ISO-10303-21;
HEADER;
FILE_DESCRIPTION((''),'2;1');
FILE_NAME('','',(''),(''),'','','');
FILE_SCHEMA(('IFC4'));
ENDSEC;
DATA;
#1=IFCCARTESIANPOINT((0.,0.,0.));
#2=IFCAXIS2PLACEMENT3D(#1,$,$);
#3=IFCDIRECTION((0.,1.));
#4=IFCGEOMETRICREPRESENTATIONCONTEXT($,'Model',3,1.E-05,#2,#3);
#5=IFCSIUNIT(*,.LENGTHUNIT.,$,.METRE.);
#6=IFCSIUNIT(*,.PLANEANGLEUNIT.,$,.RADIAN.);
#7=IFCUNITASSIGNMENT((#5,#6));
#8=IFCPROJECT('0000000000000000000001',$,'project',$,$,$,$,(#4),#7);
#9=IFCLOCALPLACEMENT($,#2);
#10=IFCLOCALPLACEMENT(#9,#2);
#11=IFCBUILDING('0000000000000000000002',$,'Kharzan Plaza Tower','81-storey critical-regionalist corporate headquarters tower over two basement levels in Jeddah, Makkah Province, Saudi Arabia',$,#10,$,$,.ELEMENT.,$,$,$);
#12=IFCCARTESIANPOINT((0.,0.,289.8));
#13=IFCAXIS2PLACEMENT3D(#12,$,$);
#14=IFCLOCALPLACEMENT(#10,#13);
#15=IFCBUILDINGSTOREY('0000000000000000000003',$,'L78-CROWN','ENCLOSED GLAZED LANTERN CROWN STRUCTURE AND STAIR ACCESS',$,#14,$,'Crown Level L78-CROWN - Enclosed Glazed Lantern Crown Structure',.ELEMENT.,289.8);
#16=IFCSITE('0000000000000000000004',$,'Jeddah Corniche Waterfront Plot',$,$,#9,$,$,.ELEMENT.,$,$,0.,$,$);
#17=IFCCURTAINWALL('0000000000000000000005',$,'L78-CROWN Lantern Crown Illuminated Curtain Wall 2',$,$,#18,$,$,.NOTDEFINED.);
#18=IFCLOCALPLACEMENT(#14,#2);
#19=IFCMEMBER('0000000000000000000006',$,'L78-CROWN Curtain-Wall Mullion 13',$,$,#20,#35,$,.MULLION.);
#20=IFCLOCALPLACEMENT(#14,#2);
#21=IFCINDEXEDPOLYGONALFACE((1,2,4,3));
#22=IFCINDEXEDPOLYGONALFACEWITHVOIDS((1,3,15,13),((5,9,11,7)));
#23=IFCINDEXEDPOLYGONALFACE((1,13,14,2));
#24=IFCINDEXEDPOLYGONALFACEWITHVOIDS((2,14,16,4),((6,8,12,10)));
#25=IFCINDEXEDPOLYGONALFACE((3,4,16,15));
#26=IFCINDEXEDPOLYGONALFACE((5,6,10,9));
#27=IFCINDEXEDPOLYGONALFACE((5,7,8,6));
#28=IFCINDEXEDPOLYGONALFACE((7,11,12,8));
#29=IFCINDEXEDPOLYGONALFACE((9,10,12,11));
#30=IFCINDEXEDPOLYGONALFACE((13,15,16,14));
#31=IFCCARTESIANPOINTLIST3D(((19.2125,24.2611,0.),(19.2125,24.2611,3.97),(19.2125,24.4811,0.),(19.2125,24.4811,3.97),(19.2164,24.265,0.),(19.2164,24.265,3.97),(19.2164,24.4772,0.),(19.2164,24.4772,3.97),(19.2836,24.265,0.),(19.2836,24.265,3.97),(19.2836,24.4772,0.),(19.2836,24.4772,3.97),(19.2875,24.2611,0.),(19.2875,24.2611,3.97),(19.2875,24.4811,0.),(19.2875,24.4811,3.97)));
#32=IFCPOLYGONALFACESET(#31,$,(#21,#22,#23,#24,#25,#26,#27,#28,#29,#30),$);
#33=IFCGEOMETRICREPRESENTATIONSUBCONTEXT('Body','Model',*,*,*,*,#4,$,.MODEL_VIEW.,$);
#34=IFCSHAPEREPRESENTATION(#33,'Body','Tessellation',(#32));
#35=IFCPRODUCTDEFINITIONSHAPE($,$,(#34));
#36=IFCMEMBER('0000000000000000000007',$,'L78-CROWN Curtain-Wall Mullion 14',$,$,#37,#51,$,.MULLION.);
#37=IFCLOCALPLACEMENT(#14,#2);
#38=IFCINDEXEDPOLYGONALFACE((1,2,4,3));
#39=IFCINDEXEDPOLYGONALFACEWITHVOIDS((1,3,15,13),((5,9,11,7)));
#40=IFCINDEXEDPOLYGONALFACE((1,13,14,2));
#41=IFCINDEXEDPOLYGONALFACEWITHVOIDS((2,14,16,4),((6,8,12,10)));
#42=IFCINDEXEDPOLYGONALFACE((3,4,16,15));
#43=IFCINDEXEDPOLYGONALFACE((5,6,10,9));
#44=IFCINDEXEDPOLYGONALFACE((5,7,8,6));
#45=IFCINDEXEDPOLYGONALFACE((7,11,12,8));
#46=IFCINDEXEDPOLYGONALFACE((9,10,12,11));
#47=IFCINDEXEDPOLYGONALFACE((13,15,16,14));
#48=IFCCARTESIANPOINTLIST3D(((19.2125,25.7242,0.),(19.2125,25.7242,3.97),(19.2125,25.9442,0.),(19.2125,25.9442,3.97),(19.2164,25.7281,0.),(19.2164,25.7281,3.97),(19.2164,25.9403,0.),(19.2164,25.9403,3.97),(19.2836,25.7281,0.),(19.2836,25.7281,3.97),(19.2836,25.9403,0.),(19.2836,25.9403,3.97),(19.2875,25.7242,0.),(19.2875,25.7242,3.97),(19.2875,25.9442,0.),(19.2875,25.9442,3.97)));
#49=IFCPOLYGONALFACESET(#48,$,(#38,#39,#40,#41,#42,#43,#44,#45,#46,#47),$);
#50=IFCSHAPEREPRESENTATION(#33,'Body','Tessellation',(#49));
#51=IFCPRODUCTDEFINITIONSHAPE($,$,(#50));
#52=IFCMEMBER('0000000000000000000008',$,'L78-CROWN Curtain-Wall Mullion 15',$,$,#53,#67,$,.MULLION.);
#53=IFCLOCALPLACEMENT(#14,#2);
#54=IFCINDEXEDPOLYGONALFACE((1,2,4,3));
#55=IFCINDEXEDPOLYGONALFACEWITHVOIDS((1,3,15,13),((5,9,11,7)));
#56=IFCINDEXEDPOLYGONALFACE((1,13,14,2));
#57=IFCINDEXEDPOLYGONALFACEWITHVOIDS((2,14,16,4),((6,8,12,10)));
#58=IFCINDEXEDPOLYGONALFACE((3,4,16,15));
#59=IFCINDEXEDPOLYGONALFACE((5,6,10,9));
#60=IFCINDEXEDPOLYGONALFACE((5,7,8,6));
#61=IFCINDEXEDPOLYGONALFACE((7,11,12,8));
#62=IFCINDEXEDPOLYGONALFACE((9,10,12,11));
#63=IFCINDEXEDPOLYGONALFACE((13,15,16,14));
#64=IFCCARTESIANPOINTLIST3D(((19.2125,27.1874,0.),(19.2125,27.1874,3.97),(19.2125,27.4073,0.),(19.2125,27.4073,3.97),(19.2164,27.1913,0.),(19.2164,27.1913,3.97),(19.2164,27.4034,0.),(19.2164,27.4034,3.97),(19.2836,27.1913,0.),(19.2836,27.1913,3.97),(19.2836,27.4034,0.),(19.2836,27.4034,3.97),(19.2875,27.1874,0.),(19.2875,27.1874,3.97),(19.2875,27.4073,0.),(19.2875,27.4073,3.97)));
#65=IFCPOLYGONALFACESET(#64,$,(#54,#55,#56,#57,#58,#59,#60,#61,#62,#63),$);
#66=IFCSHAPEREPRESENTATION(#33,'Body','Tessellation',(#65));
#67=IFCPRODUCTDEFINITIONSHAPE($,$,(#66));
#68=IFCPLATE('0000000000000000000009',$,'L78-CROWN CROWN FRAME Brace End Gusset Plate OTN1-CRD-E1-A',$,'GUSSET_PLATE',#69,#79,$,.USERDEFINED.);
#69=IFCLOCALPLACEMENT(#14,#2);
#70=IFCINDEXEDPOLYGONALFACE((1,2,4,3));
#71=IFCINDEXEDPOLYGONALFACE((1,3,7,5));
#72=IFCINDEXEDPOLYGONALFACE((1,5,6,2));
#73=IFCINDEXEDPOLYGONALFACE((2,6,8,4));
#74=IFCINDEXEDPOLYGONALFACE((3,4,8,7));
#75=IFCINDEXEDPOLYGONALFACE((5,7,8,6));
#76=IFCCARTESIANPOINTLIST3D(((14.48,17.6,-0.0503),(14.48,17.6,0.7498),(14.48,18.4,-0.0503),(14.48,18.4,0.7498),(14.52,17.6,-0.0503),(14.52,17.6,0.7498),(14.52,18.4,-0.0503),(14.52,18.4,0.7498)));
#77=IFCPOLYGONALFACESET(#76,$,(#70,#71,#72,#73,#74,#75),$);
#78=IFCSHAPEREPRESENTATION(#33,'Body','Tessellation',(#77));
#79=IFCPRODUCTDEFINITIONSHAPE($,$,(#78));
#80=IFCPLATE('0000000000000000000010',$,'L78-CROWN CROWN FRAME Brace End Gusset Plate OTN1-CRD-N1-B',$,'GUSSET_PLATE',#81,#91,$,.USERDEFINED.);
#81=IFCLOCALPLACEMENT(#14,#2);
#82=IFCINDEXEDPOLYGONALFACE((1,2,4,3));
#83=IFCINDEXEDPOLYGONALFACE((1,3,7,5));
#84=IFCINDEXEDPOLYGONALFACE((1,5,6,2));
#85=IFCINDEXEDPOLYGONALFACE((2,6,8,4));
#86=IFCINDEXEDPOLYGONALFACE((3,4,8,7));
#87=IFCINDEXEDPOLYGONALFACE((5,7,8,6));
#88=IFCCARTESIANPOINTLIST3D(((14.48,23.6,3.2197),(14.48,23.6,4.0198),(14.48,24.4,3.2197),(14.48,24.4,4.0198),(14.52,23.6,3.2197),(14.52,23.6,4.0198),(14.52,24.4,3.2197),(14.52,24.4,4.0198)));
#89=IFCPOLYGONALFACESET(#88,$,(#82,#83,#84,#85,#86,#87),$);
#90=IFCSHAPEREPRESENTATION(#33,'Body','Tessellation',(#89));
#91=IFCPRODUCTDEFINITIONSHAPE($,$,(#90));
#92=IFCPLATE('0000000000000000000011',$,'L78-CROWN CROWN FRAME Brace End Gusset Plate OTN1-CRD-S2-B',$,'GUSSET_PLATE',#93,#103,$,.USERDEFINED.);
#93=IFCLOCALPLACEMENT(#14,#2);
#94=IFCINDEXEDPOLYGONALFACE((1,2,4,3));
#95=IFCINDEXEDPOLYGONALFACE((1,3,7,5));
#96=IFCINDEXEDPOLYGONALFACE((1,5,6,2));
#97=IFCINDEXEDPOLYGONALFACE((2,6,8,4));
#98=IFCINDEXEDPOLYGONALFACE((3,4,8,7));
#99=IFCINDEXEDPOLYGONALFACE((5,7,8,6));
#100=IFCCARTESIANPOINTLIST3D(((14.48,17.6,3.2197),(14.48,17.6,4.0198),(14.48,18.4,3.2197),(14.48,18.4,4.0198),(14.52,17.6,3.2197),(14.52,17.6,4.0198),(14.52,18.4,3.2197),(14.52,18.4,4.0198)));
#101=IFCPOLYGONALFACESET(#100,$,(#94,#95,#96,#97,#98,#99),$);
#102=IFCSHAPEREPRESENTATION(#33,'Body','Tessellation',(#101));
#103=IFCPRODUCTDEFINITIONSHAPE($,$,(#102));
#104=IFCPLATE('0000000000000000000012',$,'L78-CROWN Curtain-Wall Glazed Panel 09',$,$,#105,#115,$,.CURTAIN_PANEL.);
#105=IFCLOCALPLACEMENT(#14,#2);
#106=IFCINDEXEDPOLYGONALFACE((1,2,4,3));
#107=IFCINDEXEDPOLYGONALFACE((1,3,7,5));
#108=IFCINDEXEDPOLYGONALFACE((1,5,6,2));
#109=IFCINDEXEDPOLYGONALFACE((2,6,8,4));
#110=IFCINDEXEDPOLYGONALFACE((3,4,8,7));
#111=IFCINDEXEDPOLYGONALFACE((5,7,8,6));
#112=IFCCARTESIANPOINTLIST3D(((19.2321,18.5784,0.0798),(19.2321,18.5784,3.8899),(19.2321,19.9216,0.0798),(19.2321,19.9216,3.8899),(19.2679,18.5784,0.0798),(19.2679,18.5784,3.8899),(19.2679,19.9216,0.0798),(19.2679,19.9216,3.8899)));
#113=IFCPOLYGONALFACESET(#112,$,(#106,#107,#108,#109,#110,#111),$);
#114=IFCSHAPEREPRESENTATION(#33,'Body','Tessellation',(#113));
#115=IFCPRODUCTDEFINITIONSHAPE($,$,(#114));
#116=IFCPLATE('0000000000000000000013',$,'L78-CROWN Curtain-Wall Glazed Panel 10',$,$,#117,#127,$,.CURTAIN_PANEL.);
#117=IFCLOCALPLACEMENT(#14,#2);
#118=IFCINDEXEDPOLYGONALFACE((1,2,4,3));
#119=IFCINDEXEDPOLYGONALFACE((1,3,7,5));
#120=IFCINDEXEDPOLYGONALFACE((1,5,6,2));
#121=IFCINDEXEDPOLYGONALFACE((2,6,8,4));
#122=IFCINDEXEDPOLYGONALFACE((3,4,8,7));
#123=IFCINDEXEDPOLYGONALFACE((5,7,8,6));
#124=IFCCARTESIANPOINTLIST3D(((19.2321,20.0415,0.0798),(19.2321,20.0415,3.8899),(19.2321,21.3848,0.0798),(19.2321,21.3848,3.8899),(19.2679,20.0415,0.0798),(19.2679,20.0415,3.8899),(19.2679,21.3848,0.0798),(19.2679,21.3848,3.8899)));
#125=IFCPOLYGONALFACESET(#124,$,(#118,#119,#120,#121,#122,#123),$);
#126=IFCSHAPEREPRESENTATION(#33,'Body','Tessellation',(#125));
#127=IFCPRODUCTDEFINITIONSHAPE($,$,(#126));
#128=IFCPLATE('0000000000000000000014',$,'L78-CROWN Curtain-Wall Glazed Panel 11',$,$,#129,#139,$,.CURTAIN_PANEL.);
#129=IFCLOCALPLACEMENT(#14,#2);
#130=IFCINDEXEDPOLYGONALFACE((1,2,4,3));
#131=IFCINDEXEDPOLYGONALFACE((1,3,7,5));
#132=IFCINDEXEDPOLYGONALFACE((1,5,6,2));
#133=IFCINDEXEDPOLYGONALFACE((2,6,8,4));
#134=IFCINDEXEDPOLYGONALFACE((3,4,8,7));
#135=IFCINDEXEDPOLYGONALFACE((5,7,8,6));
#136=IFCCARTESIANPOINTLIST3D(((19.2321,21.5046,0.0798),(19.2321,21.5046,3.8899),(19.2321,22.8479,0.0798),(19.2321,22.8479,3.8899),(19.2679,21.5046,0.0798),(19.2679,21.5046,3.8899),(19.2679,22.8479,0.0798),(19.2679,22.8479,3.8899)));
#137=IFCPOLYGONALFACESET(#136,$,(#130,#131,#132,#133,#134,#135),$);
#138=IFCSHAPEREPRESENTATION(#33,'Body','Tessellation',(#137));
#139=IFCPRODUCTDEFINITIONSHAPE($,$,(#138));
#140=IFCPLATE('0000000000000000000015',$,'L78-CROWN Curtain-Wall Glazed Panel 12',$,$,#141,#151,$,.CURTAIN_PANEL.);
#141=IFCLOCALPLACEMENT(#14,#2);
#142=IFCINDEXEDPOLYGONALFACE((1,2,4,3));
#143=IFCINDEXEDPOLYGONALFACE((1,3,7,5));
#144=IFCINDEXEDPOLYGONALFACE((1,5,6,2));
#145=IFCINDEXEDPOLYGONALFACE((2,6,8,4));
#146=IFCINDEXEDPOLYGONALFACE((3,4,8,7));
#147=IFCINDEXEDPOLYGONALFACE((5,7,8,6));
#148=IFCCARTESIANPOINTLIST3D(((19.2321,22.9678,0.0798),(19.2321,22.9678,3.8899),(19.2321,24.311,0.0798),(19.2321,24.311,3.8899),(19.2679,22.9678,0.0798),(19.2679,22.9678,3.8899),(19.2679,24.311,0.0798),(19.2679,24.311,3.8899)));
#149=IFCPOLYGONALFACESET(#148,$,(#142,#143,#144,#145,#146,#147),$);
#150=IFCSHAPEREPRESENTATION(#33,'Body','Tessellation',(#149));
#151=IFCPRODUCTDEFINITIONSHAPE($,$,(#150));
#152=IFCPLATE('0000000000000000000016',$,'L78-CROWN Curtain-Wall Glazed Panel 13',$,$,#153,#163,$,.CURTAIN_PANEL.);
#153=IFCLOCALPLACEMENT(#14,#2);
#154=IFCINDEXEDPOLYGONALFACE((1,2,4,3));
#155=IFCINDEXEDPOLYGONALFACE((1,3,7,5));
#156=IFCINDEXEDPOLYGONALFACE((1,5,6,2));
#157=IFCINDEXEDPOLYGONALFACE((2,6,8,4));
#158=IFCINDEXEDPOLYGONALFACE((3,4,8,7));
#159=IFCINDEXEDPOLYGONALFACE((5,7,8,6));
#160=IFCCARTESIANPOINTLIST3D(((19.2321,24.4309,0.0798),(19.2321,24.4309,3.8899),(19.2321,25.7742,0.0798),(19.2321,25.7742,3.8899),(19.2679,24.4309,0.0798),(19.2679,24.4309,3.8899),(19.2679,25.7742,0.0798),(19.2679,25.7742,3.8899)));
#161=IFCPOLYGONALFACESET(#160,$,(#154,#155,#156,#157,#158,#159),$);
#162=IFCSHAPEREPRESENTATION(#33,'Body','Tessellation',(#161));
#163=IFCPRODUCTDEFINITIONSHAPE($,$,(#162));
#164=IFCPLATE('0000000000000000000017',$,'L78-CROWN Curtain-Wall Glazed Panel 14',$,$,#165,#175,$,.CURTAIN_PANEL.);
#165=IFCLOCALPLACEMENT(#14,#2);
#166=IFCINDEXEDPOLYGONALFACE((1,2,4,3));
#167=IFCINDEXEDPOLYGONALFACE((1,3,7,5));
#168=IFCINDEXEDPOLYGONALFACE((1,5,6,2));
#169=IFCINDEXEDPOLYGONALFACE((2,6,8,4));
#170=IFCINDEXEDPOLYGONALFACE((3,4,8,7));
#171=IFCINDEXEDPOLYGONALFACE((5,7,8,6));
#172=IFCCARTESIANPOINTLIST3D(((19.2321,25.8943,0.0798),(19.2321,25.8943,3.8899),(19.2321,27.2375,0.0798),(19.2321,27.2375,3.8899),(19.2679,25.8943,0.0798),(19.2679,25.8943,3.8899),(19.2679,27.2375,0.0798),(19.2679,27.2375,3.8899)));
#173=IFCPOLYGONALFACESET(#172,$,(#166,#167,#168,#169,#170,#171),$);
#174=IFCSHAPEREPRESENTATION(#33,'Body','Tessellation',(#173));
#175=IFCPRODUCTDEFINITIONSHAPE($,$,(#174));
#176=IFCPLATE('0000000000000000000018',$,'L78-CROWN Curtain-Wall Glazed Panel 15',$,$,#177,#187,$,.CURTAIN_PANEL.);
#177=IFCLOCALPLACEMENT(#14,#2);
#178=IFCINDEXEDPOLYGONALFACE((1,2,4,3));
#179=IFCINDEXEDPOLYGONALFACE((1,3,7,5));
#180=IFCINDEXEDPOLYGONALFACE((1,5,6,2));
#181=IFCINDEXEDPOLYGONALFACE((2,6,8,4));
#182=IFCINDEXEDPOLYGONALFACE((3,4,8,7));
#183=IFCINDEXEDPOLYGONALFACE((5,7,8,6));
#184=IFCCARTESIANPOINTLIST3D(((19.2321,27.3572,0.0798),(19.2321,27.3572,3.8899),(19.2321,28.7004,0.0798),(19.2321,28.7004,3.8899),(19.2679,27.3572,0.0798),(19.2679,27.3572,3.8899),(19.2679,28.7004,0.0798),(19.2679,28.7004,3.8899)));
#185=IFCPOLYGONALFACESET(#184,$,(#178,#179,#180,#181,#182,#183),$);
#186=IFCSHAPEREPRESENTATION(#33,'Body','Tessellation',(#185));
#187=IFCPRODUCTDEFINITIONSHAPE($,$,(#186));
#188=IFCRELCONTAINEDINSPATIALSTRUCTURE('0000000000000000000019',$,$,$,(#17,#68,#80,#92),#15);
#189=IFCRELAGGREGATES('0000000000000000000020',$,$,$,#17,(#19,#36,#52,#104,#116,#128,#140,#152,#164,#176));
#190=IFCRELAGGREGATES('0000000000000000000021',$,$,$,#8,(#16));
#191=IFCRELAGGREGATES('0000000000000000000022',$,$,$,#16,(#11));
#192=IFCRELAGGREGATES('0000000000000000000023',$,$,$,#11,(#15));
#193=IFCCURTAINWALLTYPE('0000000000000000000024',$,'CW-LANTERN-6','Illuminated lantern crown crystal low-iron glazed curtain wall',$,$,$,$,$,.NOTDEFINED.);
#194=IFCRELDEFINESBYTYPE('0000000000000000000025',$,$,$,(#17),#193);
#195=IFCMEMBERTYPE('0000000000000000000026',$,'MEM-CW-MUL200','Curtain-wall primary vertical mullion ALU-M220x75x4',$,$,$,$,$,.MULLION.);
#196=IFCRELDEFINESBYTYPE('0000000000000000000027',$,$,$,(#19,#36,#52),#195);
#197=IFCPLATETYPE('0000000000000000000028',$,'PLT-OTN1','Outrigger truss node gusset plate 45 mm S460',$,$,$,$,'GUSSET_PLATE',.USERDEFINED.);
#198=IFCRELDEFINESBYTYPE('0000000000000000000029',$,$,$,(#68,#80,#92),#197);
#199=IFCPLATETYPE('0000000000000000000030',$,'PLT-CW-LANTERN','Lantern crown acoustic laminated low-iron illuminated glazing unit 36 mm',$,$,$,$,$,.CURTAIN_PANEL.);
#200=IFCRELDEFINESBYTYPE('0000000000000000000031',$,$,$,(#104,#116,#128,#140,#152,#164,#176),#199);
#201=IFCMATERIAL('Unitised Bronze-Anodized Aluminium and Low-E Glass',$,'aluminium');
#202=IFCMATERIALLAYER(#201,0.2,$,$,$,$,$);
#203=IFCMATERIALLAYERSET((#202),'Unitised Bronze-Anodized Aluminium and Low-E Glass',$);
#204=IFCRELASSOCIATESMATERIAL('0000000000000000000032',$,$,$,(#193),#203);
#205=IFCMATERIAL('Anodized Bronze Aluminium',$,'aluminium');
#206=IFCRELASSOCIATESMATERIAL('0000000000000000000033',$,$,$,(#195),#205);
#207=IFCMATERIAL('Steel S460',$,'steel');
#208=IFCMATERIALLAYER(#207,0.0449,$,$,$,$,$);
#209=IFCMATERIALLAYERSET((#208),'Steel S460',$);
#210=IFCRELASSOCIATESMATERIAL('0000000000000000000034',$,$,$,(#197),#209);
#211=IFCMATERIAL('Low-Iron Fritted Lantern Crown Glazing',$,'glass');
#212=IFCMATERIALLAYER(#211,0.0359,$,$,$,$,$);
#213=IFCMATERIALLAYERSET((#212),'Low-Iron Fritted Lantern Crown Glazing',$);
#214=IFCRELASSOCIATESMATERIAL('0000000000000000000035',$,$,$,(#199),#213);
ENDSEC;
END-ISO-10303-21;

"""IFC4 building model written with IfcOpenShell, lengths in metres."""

from ifc_helpers import new_model, si_unit, direction, frame, origin, origin_2d, place, context, subcontext, project, spatial, rectangle, hollow_rectangle, extrude, source, transform, mapped, material, layer, layer_set, material_profile, profile_set, type_object, element, aggregate, save


model = new_model("IFC4")

# Units and contexts
model_context = context("Model", 3, precision=1e-05, world=origin(), true_north=direction((0.0, 1.0)))
body_context = subcontext(model_context, "Body", "Model", "MODEL_VIEW")
ifc_project = project(units=[si_unit("LENGTHUNIT", "METRE"), si_unit("PLANEANGLEUNIT", "RADIAN")], contexts=[model_context])

# Site, building, storey
site_placement = place(None, origin())
site = spatial("IfcSite", under=ifc_project, at=site_placement, Name="Jeddah Corniche Waterfront Plot", CompositionType="ELEMENT", RefElevation=0.0)
building_placement = place(site_placement, origin())
building = spatial("IfcBuilding", under=site, at=building_placement, Name="Kharzan Plaza Tower", Description="81-storey critical-regionalist corporate headquarters tower over two basement levels in Jeddah, Makkah Province, Saudi Arabia", CompositionType="ELEMENT")
storey_placement = place(building_placement, frame((0.0, 0.0, 289.8)))
storey = spatial("IfcBuildingStorey", under=building, at=storey_placement, Name="L78-CROWN", Description="ENCLOSED GLAZED LANTERN CROWN STRUCTURE AND STAIR ACCESS", LongName="Crown Level L78-CROWN - Enclosed Glazed Lantern Crown Structure", CompositionType="ELEMENT", Elevation=289.8)

# Curtain wall, members
ifc_material_1 = material(Name="Unitised Bronze-Anodized Aluminium and Low-E Glass", Category="aluminium")
ifc_layer_1 = layer(ifc_material_1, 0.2)
ifc_layer_set_1 = layer_set([ifc_layer_1], Name="Unitised Bronze-Anodized Aluminium and Low-E Glass")
curtain_wall_type = type_object("IfcCurtainWallType", Name="CW-LANTERN-6", Description="Illuminated lantern crown crystal low-iron glazed curtain wall", PredefinedType="NOTDEFINED", material=ifc_layer_set_1)
curtain_wall_placement = place(storey_placement, origin())
curtain_wall = element("IfcCurtainWall", 1, at=curtain_wall_placement, inside=storey, type_object=curtain_wall_type, Name="L78-CROWN Lantern Crown Illuminated Curtain Wall 2", PredefinedType="NOTDEFINED")
ifc_material_2 = material(Name="Anodized Bronze Aluminium", Category="aluminium")
ifc_material_profile_1 = material_profile(ifc_material_2, hollow_rectangle(XDim=0.075, YDim=0.22, WallThickness=0.0039, at=origin_2d()), Name="ALU-M220x75x4")
ifc_profile_set_1 = profile_set([ifc_material_profile_1], Name="Anodized Bronze Aluminium")
member_type_1 = type_object("IfcMemberType", Name="MEM-CW-MUL200", Description="Curtain-wall primary vertical mullion ALU-M220x75x4", PredefinedType="MULLION", material=ifc_profile_set_1)
shared_shape_1 = source(origin(), body_context, "Body", "SweptSolid", [
    extrude(hollow_rectangle(XDim=0.075, YDim=0.22, WallThickness=0.0039, at=origin_2d()), origin(), (0.0, 0.0, 1.0), 3.97),
])
member_1_placement = place(storey_placement, frame((19.25, 24.3711, 0.0), z_axis=(0.0, 0.0, 1.0), x_axis=(1.0, 0.0, 0.0)))
member_1 = element("IfcMember", 2, at=member_1_placement, type_object=member_type_1, Name="L78-CROWN Curtain-Wall Mullion 13", PredefinedType="MULLION", context=body_context, shape_type="MappedRepresentation", body=[
    mapped(shared_shape_1, transform((0.0, 0.0, 0.0), x_axis=(1.0, 0.0, 0.0), y_axis=(0.0, 1.0, 0.0), z_axis=(0.0, 0.0, 1.0))),
])
member_2_placement = place(storey_placement, frame((19.25, 25.8342, 0.0), z_axis=(0.0, 0.0, 1.0), x_axis=(1.0, 0.0, 0.0)))
member_2 = element("IfcMember", 3, at=member_2_placement, type_object=member_type_1, Name="L78-CROWN Curtain-Wall Mullion 14", PredefinedType="MULLION", context=body_context, shape_type="MappedRepresentation", body=[
    mapped(shared_shape_1, transform((0.0, 0.0, 0.0), x_axis=(1.0, 0.0, 0.0), y_axis=(0.0, 1.0, 0.0), z_axis=(0.0, 0.0, 1.0))),
])
member_3_placement = place(storey_placement, frame((19.25, 27.2974, 0.0), z_axis=(0.0, 0.0, 1.0), x_axis=(1.0, 0.0, 0.0)))
member_3 = element("IfcMember", 4, at=member_3_placement, type_object=member_type_1, Name="L78-CROWN Curtain-Wall Mullion 15", PredefinedType="MULLION", context=body_context, shape_type="MappedRepresentation", body=[
    mapped(shared_shape_1, transform((0.0, 0.0, 0.0), x_axis=(1.0, 0.0, 0.0), y_axis=(0.0, 1.0, 0.0), z_axis=(0.0, 0.0, 1.0))),
])

# Plates
ifc_material_3 = material(Name="Steel S460", Category="steel")
ifc_layer_2 = layer(ifc_material_3, 0.0449)
ifc_layer_set_2 = layer_set([ifc_layer_2], Name="Steel S460")
plate_type_1 = type_object("IfcPlateType", Name="PLT-OTN1", Description="Outrigger truss node gusset plate 45 mm S460", ElementType="GUSSET_PLATE", PredefinedType="USERDEFINED", material=ifc_layer_set_2)
shared_shape_2 = source(origin(), body_context, "Body", "SweptSolid", [
    extrude(rectangle(XDim=0.8, YDim=0.04, at=origin_2d()), origin(), (0.0, 0.0, 1.0), 0.8),
])
for number, where, z_axis, x_axis, name in (
    (5, (14.5, 18.0, -0.0503), (0.0, 0.0, 1.0), (0.0, 1.0, 0.0), "L78-CROWN CROWN FRAME Brace End Gusset Plate OTN1-CRD-E1-A"),
    (6, (14.5, 24.0, 3.2197), (0.0, 0.0, 1.0), (0.0, -1.0, 0.0), "L78-CROWN CROWN FRAME Brace End Gusset Plate OTN1-CRD-N1-B"),
    (7, (14.5, 18.0, 3.2197), (0.0, 0.0, 1.0), (0.0, 1.0, 0.0), "L78-CROWN CROWN FRAME Brace End Gusset Plate OTN1-CRD-S2-B"),
):
    element("IfcPlate", number, at=place(storey_placement, frame(where, z_axis=z_axis, x_axis=x_axis)), inside=storey, type_object=plate_type_1, Name=name, ObjectType="GUSSET_PLATE", PredefinedType="USERDEFINED", context=body_context, shape_type="MappedRepresentation", body=[
        mapped(shared_shape_2, transform((0.0, 0.0, 0.0), x_axis=(1.0, 0.0, 0.0), y_axis=(0.0, 1.0, 0.0), z_axis=(0.0, 0.0, 1.0))),
    ])

# Plates
ifc_material_4 = material(Name="Low-Iron Fritted Lantern Crown Glazing", Category="glass")
ifc_layer_3 = layer(ifc_material_4, 0.0359)
ifc_layer_set_3 = layer_set([ifc_layer_3], Name="Low-Iron Fritted Lantern Crown Glazing")
plate_type_2 = type_object("IfcPlateType", Name="PLT-CW-LANTERN", Description="Lantern crown acoustic laminated low-iron illuminated glazing unit 36 mm", PredefinedType="CURTAIN_PANEL", material=ifc_layer_set_3)
shared_shape_3 = source(origin(), body_context, "Body", "SweptSolid", [
    extrude(rectangle(XDim=1.3433, YDim=0.0359, at=origin_2d()), origin(), (0.0, 0.0, 1.0), 3.8101),
])
plate_1_placement = place(storey_placement, frame((19.25, 19.25, 0.0798), z_axis=(0.0, 0.0, 1.0), x_axis=(0.0, 1.0, 0.0)))
plate_1 = element("IfcPlate", 8, at=plate_1_placement, type_object=plate_type_2, Name="L78-CROWN Curtain-Wall Glazed Panel 09", PredefinedType="CURTAIN_PANEL", context=body_context, shape_type="MappedRepresentation", body=[
    mapped(shared_shape_3, transform((0.0, 0.0, 0.0), x_axis=(1.0, 0.0, 0.0), y_axis=(0.0, 1.0, 0.0), z_axis=(0.0, 0.0, 1.0))),
])
plate_2_placement = place(storey_placement, frame((19.25, 20.7131, 0.0798), z_axis=(0.0, 0.0, 1.0), x_axis=(0.0, 1.0, 0.0)))
plate_2 = element("IfcPlate", 9, at=plate_2_placement, type_object=plate_type_2, Name="L78-CROWN Curtain-Wall Glazed Panel 10", PredefinedType="CURTAIN_PANEL", context=body_context, shape_type="MappedRepresentation", body=[
    mapped(shared_shape_3, transform((0.0, 0.0, 0.0), x_axis=(1.0, 0.0, 0.0), y_axis=(0.0, 1.0, 0.0), z_axis=(0.0, 0.0, 1.0))),
])
plate_3_placement = place(storey_placement, frame((19.25, 22.1763, 0.0798), z_axis=(0.0, 0.0, 1.0), x_axis=(0.0, 1.0, 0.0)))
plate_3 = element("IfcPlate", 10, at=plate_3_placement, type_object=plate_type_2, Name="L78-CROWN Curtain-Wall Glazed Panel 11", PredefinedType="CURTAIN_PANEL", context=body_context, shape_type="MappedRepresentation", body=[
    mapped(shared_shape_3, transform((0.0, 0.0, 0.0), x_axis=(1.0, 0.0, 0.0), y_axis=(0.0, 1.0, 0.0), z_axis=(0.0, 0.0, 1.0))),
])
plate_4_placement = place(storey_placement, frame((19.25, 23.6394, 0.0798), z_axis=(0.0, 0.0, 1.0), x_axis=(0.0, 1.0, 0.0)))
plate_4 = element("IfcPlate", 11, at=plate_4_placement, type_object=plate_type_2, Name="L78-CROWN Curtain-Wall Glazed Panel 12", PredefinedType="CURTAIN_PANEL", context=body_context, shape_type="MappedRepresentation", body=[
    mapped(shared_shape_3, transform((0.0, 0.0, 0.0), x_axis=(1.0, 0.0, 0.0), y_axis=(0.0, 1.0, 0.0), z_axis=(0.0, 0.0, 1.0))),
])
plate_5_placement = place(storey_placement, frame((19.25, 25.1025, 0.0798), z_axis=(0.0, 0.0, 1.0), x_axis=(0.0, 1.0, 0.0)))
plate_5 = element("IfcPlate", 12, at=plate_5_placement, type_object=plate_type_2, Name="L78-CROWN Curtain-Wall Glazed Panel 13", PredefinedType="CURTAIN_PANEL", context=body_context, shape_type="MappedRepresentation", body=[
    mapped(shared_shape_3, transform((0.0, 0.0, 0.0), x_axis=(1.0, 0.0, 0.0), y_axis=(0.0, 1.0, 0.0), z_axis=(0.0, 0.0, 1.0))),
])
plate_6_placement = place(storey_placement, frame((19.25, 26.5659, 0.0798), z_axis=(0.0, 0.0, 1.0), x_axis=(0.0, 1.0, 0.0)))
plate_6 = element("IfcPlate", 13, at=plate_6_placement, type_object=plate_type_2, Name="L78-CROWN Curtain-Wall Glazed Panel 14", PredefinedType="CURTAIN_PANEL", context=body_context, shape_type="MappedRepresentation", body=[
    mapped(shared_shape_3, transform((0.0, 0.0, 0.0), x_axis=(1.0, 0.0, 0.0), y_axis=(0.0, 1.0, 0.0), z_axis=(0.0, 0.0, 1.0))),
])
plate_7_placement = place(storey_placement, frame((19.25, 28.0288, 0.0798), z_axis=(0.0, 0.0, 1.0), x_axis=(0.0, 1.0, 0.0)))
plate_7 = element("IfcPlate", 14, at=plate_7_placement, type_object=plate_type_2, Name="L78-CROWN Curtain-Wall Glazed Panel 15", PredefinedType="CURTAIN_PANEL", context=body_context, shape_type="MappedRepresentation", body=[
    mapped(shared_shape_3, transform((0.0, 0.0, 0.0), x_axis=(1.0, 0.0, 0.0), y_axis=(0.0, 1.0, 0.0), z_axis=(0.0, 0.0, 1.0))),
])
aggregate(curtain_wall, [member_1, member_2, member_3, plate_1, plate_2, plate_3, plate_4, plate_5, plate_6, plate_7])

save(model, "model.ifc")
